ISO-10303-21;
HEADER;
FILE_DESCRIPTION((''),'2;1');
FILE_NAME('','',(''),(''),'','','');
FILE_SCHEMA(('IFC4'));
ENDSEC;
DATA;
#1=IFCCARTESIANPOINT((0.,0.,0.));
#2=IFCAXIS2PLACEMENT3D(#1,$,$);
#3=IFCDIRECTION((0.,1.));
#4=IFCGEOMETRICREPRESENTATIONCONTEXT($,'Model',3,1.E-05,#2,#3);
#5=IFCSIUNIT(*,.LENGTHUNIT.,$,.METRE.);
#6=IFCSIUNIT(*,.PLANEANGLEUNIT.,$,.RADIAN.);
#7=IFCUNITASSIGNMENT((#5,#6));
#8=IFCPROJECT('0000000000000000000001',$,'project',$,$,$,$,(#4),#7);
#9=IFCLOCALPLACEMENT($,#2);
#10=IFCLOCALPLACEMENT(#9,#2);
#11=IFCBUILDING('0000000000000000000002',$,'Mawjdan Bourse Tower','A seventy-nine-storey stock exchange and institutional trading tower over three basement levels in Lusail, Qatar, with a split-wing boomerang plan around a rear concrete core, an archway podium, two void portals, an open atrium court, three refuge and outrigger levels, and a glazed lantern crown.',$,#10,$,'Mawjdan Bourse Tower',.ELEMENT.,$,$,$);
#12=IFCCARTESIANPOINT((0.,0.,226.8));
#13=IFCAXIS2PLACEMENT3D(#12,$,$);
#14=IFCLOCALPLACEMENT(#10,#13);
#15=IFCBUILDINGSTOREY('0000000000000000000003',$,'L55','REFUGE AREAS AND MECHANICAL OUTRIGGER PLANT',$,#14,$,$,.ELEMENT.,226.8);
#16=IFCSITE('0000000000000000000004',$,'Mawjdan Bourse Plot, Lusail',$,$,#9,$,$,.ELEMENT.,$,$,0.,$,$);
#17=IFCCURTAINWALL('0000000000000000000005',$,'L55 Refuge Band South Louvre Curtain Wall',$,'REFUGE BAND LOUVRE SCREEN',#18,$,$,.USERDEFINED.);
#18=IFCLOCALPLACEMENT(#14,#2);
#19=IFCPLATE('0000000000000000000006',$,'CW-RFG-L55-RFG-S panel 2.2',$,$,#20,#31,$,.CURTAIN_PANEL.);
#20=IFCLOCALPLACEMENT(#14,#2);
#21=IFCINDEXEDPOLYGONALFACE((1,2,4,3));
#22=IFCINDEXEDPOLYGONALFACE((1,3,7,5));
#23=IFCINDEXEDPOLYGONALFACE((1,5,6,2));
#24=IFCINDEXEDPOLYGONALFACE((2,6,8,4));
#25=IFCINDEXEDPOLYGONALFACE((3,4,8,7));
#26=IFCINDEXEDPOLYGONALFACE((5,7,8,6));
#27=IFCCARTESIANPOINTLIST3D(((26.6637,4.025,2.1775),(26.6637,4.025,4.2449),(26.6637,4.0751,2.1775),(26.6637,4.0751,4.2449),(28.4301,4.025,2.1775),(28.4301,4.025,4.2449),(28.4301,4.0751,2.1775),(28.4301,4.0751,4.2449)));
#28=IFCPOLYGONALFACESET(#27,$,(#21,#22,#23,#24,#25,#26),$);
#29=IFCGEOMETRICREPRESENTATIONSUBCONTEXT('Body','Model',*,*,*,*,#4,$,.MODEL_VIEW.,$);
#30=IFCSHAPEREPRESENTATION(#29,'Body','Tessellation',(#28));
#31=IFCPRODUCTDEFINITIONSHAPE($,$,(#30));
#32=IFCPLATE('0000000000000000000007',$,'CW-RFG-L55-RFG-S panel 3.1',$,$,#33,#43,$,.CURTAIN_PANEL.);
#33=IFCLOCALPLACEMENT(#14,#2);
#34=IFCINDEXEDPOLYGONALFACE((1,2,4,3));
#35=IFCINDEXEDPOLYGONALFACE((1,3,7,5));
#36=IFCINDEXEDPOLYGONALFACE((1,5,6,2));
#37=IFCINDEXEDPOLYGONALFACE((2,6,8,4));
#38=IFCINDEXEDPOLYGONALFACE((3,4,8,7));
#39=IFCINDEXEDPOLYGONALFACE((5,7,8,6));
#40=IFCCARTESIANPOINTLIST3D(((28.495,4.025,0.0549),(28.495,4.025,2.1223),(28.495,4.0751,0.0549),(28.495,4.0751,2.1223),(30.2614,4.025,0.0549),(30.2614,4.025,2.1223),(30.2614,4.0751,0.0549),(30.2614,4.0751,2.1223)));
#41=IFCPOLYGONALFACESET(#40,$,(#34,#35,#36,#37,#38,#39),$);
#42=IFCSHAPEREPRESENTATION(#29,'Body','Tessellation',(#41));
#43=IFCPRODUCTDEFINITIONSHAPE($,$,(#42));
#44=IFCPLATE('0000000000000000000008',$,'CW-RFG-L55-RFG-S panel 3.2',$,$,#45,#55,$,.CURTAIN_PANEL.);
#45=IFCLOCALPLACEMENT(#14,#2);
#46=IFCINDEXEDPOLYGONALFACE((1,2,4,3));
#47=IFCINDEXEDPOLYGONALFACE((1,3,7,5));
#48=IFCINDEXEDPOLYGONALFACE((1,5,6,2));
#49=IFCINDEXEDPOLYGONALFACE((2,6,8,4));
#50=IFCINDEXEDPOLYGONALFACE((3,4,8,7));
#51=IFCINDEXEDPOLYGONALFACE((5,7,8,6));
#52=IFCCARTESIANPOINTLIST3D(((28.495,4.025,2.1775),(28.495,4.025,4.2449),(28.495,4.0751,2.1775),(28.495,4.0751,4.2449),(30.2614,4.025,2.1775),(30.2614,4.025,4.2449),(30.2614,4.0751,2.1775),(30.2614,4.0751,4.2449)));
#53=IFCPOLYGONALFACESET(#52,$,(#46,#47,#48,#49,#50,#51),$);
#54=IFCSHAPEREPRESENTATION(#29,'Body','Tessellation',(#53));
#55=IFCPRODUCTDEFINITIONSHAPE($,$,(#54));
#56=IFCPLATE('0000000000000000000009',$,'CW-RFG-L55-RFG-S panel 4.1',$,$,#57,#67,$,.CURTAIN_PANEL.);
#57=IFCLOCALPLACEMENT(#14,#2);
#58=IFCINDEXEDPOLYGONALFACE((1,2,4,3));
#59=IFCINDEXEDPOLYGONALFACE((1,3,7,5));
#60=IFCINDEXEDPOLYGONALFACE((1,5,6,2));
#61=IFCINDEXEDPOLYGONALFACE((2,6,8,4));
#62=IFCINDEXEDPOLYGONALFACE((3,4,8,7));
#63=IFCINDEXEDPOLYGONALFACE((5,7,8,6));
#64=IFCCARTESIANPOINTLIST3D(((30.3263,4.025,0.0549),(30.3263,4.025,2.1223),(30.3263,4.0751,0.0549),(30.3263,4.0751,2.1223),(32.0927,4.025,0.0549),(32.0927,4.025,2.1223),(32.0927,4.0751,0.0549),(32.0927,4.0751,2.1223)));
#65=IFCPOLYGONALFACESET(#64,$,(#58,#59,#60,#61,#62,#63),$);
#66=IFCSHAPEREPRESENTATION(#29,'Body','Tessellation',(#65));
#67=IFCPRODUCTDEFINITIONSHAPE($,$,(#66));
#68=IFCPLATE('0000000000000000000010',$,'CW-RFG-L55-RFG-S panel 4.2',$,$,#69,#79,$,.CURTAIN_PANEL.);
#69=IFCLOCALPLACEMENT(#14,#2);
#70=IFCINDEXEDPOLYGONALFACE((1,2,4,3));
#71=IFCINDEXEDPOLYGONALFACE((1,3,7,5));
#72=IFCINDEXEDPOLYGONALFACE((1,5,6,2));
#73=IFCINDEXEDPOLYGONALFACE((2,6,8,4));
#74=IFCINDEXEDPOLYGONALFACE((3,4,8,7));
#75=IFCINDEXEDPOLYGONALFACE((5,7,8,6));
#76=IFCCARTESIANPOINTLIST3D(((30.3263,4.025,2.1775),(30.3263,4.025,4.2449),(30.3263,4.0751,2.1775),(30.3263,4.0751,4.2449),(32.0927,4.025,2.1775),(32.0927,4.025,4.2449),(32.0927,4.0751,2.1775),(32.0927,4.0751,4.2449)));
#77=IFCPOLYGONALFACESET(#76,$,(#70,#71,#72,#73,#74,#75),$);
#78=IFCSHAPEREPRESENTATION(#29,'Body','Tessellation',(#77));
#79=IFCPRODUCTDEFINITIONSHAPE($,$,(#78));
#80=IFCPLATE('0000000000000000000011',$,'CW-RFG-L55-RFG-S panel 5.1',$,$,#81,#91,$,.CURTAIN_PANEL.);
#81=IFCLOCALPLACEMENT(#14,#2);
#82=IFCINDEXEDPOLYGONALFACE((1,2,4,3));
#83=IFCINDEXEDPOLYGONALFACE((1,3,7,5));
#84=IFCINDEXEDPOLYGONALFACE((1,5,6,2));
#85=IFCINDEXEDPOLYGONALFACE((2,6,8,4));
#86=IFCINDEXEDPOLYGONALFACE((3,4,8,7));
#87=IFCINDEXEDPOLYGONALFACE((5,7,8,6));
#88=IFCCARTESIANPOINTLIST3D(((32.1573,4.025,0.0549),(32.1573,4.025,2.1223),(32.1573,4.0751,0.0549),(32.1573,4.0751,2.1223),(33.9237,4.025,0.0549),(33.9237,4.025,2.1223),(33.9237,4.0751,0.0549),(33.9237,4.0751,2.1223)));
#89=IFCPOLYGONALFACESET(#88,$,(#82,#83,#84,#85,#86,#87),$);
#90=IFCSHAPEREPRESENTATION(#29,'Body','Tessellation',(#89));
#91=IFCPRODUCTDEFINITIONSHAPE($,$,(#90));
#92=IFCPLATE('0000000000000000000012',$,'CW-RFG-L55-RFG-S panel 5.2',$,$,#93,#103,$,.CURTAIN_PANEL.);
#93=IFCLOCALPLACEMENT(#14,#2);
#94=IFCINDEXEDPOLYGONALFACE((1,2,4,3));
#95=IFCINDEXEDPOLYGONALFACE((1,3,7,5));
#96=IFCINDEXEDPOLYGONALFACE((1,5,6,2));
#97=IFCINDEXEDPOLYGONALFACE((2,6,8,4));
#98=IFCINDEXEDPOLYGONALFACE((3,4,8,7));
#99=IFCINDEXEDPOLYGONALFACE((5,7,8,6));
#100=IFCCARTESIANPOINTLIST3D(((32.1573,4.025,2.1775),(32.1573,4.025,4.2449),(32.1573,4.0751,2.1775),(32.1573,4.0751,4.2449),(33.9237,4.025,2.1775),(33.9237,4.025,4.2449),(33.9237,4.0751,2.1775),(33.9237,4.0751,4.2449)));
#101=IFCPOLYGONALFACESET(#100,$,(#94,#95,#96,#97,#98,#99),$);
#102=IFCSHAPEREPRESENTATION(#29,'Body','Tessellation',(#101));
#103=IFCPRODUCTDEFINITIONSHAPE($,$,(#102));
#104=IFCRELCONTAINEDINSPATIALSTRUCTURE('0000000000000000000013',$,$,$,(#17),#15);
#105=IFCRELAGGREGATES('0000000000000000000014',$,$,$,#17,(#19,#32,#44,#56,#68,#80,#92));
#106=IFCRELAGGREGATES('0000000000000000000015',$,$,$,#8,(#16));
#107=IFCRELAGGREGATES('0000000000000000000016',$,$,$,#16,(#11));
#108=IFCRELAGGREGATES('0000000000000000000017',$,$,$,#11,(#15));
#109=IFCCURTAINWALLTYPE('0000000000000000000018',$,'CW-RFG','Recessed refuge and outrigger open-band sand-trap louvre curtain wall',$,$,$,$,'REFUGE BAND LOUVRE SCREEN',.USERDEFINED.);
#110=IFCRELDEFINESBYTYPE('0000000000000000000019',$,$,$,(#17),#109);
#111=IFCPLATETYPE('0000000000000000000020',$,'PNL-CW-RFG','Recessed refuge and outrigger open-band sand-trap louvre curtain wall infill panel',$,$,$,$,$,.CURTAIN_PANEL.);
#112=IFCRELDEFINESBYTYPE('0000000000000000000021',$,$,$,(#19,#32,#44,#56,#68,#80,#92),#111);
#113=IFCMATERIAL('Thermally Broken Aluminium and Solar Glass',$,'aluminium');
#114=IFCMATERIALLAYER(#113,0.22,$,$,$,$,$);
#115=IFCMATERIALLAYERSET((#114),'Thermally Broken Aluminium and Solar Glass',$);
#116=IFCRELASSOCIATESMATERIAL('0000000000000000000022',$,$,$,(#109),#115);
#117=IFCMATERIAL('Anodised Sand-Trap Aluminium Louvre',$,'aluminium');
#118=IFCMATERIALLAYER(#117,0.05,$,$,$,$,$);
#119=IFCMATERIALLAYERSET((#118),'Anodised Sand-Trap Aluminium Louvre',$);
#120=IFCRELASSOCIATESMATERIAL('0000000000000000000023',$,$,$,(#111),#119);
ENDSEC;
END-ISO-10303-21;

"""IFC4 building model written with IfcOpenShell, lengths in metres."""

from ifc_helpers import new_model, si_unit, direction, frame, origin, origin_2d, place, context, subcontext, project, spatial, rectangle, extrude, material, layer, layer_set, type_object, element, aggregate, save


model = new_model("IFC4")

# Units and contexts
model_context = context("Model", 3, precision=1e-05, world=origin(), true_north=direction((0.0, 1.0)))
body_context = subcontext(model_context, "Body", "Model", "MODEL_VIEW")
ifc_project = project(units=[si_unit("LENGTHUNIT", "METRE"), si_unit("PLANEANGLEUNIT", "RADIAN")], contexts=[model_context])

# Site, building, storey
site_placement = place(None, origin())
site = spatial("IfcSite", under=ifc_project, at=site_placement, Name="Mawjdan Bourse Plot, Lusail", CompositionType="ELEMENT", RefElevation=0.0)
building_placement = place(site_placement, origin())
building = spatial("IfcBuilding", under=site, at=building_placement, Name="Mawjdan Bourse Tower", Description="A seventy-nine-storey stock exchange and institutional trading tower over three basement levels in Lusail, Qatar, with a split-wing boomerang plan around a rear concrete core, an archway podium, two void portals, an open atrium court, three refuge and outrigger levels, and a glazed lantern crown.", LongName="Mawjdan Bourse Tower", CompositionType="ELEMENT")
storey_placement = place(building_placement, frame((0.0, 0.0, 226.8)))
storey = spatial("IfcBuildingStorey", under=building, at=storey_placement, Name="L55", Description="REFUGE AREAS AND MECHANICAL OUTRIGGER PLANT", CompositionType="ELEMENT", Elevation=226.8)

# Curtain wall
ifc_material_1 = material(Name="Thermally Broken Aluminium and Solar Glass", Category="aluminium")
ifc_layer_1 = layer(ifc_material_1, 0.22)
ifc_layer_set_1 = layer_set([ifc_layer_1], Name="Thermally Broken Aluminium and Solar Glass")
curtain_wall_type = type_object("IfcCurtainWallType", Name="CW-RFG", Description="Recessed refuge and outrigger open-band sand-trap louvre curtain wall", ElementType="REFUGE BAND LOUVRE SCREEN", PredefinedType="USERDEFINED", material=ifc_layer_set_1)
curtain_wall_placement = place(storey_placement, origin())
curtain_wall = element("IfcCurtainWall", 1, at=curtain_wall_placement, inside=storey, type_object=curtain_wall_type, Name="L55 Refuge Band South Louvre Curtain Wall", ObjectType="REFUGE BAND LOUVRE SCREEN", PredefinedType="USERDEFINED")

# Plates
ifc_material_2 = material(Name="Anodised Sand-Trap Aluminium Louvre", Category="aluminium")
ifc_layer_2 = layer(ifc_material_2, 0.05)
ifc_layer_set_2 = layer_set([ifc_layer_2], Name="Anodised Sand-Trap Aluminium Louvre")
plate_type_1 = type_object("IfcPlateType", Name="PNL-CW-RFG", Description="Recessed refuge and outrigger open-band sand-trap louvre curtain wall infill panel", PredefinedType="CURTAIN_PANEL", material=ifc_layer_set_2)
plate_1_placement = place(storey_placement, frame((27.5469, 4.05, 2.1775), z_axis=(0.0, 0.0, 1.0), x_axis=(1.0, 0.0, 0.0)))
plate_1 = element("IfcPlate", 2, at=plate_1_placement, type_object=plate_type_1, Name="CW-RFG-L55-RFG-S panel 2.2", PredefinedType="CURTAIN_PANEL", context=body_context, shape_type="SweptSolid", body=[
    extrude(rectangle(XDim=1.7664, YDim=0.05, at=origin_2d()), origin(), (0.0, 0.0, 1.0), 2.0674),
])
plate_2_placement = place(storey_placement, frame((29.3782, 4.05, 0.0549), z_axis=(0.0, 0.0, 1.0), x_axis=(1.0, 0.0, 0.0)))
plate_2 = element("IfcPlate", 3, at=plate_2_placement, type_object=plate_type_1, Name="CW-RFG-L55-RFG-S panel 3.1", PredefinedType="CURTAIN_PANEL", context=body_context, shape_type="SweptSolid", body=[
    extrude(rectangle(XDim=1.7664, YDim=0.05, at=origin_2d()), origin(), (0.0, 0.0, 1.0), 2.0674),
])
plate_3_placement = place(storey_placement, frame((29.3782, 4.05, 2.1775), z_axis=(0.0, 0.0, 1.0), x_axis=(1.0, 0.0, 0.0)))
plate_3 = element("IfcPlate", 4, at=plate_3_placement, type_object=plate_type_1, Name="CW-RFG-L55-RFG-S panel 3.2", PredefinedType="CURTAIN_PANEL", context=body_context, shape_type="SweptSolid", body=[
    extrude(rectangle(XDim=1.7664, YDim=0.05, at=origin_2d()), origin(), (0.0, 0.0, 1.0), 2.0674),
])
plate_4_placement = place(storey_placement, frame((31.2095, 4.05, 0.0549), z_axis=(0.0, 0.0, 1.0), x_axis=(1.0, 0.0, 0.0)))
plate_4 = element("IfcPlate", 5, at=plate_4_placement, type_object=plate_type_1, Name="CW-RFG-L55-RFG-S panel 4.1", PredefinedType="CURTAIN_PANEL", context=body_context, shape_type="SweptSolid", body=[
    extrude(rectangle(XDim=1.7664, YDim=0.05, at=origin_2d()), origin(), (0.0, 0.0, 1.0), 2.0674),
])
plate_5_placement = place(storey_placement, frame((31.2095, 4.05, 2.1775), z_axis=(0.0, 0.0, 1.0), x_axis=(1.0, 0.0, 0.0)))
plate_5 = element("IfcPlate", 6, at=plate_5_placement, type_object=plate_type_1, Name="CW-RFG-L55-RFG-S panel 4.2", PredefinedType="CURTAIN_PANEL", context=body_context, shape_type="SweptSolid", body=[
    extrude(rectangle(XDim=1.7664, YDim=0.05, at=origin_2d()), origin(), (0.0, 0.0, 1.0), 2.0674),
])
plate_6_placement = place(storey_placement, frame((33.0405, 4.05, 0.0549), z_axis=(0.0, 0.0, 1.0), x_axis=(1.0, 0.0, 0.0)))
plate_6 = element("IfcPlate", 7, at=plate_6_placement, type_object=plate_type_1, Name="CW-RFG-L55-RFG-S panel 5.1", PredefinedType="CURTAIN_PANEL", context=body_context, shape_type="SweptSolid", body=[
    extrude(rectangle(XDim=1.7664, YDim=0.05, at=origin_2d()), origin(), (0.0, 0.0, 1.0), 2.0674),
])
plate_7_placement = place(storey_placement, frame((33.0405, 4.05, 2.1775), z_axis=(0.0, 0.0, 1.0), x_axis=(1.0, 0.0, 0.0)))
plate_7 = element("IfcPlate", 8, at=plate_7_placement, type_object=plate_type_1, Name="CW-RFG-L55-RFG-S panel 5.2", PredefinedType="CURTAIN_PANEL", context=body_context, shape_type="SweptSolid", body=[
    extrude(rectangle(XDim=1.7664, YDim=0.05, at=origin_2d()), origin(), (0.0, 0.0, 1.0), 2.0674),
])
aggregate(curtain_wall, [plate_1, plate_2, plate_3, plate_4, plate_5, plate_6, plate_7])

save(model, "model.ifc")
